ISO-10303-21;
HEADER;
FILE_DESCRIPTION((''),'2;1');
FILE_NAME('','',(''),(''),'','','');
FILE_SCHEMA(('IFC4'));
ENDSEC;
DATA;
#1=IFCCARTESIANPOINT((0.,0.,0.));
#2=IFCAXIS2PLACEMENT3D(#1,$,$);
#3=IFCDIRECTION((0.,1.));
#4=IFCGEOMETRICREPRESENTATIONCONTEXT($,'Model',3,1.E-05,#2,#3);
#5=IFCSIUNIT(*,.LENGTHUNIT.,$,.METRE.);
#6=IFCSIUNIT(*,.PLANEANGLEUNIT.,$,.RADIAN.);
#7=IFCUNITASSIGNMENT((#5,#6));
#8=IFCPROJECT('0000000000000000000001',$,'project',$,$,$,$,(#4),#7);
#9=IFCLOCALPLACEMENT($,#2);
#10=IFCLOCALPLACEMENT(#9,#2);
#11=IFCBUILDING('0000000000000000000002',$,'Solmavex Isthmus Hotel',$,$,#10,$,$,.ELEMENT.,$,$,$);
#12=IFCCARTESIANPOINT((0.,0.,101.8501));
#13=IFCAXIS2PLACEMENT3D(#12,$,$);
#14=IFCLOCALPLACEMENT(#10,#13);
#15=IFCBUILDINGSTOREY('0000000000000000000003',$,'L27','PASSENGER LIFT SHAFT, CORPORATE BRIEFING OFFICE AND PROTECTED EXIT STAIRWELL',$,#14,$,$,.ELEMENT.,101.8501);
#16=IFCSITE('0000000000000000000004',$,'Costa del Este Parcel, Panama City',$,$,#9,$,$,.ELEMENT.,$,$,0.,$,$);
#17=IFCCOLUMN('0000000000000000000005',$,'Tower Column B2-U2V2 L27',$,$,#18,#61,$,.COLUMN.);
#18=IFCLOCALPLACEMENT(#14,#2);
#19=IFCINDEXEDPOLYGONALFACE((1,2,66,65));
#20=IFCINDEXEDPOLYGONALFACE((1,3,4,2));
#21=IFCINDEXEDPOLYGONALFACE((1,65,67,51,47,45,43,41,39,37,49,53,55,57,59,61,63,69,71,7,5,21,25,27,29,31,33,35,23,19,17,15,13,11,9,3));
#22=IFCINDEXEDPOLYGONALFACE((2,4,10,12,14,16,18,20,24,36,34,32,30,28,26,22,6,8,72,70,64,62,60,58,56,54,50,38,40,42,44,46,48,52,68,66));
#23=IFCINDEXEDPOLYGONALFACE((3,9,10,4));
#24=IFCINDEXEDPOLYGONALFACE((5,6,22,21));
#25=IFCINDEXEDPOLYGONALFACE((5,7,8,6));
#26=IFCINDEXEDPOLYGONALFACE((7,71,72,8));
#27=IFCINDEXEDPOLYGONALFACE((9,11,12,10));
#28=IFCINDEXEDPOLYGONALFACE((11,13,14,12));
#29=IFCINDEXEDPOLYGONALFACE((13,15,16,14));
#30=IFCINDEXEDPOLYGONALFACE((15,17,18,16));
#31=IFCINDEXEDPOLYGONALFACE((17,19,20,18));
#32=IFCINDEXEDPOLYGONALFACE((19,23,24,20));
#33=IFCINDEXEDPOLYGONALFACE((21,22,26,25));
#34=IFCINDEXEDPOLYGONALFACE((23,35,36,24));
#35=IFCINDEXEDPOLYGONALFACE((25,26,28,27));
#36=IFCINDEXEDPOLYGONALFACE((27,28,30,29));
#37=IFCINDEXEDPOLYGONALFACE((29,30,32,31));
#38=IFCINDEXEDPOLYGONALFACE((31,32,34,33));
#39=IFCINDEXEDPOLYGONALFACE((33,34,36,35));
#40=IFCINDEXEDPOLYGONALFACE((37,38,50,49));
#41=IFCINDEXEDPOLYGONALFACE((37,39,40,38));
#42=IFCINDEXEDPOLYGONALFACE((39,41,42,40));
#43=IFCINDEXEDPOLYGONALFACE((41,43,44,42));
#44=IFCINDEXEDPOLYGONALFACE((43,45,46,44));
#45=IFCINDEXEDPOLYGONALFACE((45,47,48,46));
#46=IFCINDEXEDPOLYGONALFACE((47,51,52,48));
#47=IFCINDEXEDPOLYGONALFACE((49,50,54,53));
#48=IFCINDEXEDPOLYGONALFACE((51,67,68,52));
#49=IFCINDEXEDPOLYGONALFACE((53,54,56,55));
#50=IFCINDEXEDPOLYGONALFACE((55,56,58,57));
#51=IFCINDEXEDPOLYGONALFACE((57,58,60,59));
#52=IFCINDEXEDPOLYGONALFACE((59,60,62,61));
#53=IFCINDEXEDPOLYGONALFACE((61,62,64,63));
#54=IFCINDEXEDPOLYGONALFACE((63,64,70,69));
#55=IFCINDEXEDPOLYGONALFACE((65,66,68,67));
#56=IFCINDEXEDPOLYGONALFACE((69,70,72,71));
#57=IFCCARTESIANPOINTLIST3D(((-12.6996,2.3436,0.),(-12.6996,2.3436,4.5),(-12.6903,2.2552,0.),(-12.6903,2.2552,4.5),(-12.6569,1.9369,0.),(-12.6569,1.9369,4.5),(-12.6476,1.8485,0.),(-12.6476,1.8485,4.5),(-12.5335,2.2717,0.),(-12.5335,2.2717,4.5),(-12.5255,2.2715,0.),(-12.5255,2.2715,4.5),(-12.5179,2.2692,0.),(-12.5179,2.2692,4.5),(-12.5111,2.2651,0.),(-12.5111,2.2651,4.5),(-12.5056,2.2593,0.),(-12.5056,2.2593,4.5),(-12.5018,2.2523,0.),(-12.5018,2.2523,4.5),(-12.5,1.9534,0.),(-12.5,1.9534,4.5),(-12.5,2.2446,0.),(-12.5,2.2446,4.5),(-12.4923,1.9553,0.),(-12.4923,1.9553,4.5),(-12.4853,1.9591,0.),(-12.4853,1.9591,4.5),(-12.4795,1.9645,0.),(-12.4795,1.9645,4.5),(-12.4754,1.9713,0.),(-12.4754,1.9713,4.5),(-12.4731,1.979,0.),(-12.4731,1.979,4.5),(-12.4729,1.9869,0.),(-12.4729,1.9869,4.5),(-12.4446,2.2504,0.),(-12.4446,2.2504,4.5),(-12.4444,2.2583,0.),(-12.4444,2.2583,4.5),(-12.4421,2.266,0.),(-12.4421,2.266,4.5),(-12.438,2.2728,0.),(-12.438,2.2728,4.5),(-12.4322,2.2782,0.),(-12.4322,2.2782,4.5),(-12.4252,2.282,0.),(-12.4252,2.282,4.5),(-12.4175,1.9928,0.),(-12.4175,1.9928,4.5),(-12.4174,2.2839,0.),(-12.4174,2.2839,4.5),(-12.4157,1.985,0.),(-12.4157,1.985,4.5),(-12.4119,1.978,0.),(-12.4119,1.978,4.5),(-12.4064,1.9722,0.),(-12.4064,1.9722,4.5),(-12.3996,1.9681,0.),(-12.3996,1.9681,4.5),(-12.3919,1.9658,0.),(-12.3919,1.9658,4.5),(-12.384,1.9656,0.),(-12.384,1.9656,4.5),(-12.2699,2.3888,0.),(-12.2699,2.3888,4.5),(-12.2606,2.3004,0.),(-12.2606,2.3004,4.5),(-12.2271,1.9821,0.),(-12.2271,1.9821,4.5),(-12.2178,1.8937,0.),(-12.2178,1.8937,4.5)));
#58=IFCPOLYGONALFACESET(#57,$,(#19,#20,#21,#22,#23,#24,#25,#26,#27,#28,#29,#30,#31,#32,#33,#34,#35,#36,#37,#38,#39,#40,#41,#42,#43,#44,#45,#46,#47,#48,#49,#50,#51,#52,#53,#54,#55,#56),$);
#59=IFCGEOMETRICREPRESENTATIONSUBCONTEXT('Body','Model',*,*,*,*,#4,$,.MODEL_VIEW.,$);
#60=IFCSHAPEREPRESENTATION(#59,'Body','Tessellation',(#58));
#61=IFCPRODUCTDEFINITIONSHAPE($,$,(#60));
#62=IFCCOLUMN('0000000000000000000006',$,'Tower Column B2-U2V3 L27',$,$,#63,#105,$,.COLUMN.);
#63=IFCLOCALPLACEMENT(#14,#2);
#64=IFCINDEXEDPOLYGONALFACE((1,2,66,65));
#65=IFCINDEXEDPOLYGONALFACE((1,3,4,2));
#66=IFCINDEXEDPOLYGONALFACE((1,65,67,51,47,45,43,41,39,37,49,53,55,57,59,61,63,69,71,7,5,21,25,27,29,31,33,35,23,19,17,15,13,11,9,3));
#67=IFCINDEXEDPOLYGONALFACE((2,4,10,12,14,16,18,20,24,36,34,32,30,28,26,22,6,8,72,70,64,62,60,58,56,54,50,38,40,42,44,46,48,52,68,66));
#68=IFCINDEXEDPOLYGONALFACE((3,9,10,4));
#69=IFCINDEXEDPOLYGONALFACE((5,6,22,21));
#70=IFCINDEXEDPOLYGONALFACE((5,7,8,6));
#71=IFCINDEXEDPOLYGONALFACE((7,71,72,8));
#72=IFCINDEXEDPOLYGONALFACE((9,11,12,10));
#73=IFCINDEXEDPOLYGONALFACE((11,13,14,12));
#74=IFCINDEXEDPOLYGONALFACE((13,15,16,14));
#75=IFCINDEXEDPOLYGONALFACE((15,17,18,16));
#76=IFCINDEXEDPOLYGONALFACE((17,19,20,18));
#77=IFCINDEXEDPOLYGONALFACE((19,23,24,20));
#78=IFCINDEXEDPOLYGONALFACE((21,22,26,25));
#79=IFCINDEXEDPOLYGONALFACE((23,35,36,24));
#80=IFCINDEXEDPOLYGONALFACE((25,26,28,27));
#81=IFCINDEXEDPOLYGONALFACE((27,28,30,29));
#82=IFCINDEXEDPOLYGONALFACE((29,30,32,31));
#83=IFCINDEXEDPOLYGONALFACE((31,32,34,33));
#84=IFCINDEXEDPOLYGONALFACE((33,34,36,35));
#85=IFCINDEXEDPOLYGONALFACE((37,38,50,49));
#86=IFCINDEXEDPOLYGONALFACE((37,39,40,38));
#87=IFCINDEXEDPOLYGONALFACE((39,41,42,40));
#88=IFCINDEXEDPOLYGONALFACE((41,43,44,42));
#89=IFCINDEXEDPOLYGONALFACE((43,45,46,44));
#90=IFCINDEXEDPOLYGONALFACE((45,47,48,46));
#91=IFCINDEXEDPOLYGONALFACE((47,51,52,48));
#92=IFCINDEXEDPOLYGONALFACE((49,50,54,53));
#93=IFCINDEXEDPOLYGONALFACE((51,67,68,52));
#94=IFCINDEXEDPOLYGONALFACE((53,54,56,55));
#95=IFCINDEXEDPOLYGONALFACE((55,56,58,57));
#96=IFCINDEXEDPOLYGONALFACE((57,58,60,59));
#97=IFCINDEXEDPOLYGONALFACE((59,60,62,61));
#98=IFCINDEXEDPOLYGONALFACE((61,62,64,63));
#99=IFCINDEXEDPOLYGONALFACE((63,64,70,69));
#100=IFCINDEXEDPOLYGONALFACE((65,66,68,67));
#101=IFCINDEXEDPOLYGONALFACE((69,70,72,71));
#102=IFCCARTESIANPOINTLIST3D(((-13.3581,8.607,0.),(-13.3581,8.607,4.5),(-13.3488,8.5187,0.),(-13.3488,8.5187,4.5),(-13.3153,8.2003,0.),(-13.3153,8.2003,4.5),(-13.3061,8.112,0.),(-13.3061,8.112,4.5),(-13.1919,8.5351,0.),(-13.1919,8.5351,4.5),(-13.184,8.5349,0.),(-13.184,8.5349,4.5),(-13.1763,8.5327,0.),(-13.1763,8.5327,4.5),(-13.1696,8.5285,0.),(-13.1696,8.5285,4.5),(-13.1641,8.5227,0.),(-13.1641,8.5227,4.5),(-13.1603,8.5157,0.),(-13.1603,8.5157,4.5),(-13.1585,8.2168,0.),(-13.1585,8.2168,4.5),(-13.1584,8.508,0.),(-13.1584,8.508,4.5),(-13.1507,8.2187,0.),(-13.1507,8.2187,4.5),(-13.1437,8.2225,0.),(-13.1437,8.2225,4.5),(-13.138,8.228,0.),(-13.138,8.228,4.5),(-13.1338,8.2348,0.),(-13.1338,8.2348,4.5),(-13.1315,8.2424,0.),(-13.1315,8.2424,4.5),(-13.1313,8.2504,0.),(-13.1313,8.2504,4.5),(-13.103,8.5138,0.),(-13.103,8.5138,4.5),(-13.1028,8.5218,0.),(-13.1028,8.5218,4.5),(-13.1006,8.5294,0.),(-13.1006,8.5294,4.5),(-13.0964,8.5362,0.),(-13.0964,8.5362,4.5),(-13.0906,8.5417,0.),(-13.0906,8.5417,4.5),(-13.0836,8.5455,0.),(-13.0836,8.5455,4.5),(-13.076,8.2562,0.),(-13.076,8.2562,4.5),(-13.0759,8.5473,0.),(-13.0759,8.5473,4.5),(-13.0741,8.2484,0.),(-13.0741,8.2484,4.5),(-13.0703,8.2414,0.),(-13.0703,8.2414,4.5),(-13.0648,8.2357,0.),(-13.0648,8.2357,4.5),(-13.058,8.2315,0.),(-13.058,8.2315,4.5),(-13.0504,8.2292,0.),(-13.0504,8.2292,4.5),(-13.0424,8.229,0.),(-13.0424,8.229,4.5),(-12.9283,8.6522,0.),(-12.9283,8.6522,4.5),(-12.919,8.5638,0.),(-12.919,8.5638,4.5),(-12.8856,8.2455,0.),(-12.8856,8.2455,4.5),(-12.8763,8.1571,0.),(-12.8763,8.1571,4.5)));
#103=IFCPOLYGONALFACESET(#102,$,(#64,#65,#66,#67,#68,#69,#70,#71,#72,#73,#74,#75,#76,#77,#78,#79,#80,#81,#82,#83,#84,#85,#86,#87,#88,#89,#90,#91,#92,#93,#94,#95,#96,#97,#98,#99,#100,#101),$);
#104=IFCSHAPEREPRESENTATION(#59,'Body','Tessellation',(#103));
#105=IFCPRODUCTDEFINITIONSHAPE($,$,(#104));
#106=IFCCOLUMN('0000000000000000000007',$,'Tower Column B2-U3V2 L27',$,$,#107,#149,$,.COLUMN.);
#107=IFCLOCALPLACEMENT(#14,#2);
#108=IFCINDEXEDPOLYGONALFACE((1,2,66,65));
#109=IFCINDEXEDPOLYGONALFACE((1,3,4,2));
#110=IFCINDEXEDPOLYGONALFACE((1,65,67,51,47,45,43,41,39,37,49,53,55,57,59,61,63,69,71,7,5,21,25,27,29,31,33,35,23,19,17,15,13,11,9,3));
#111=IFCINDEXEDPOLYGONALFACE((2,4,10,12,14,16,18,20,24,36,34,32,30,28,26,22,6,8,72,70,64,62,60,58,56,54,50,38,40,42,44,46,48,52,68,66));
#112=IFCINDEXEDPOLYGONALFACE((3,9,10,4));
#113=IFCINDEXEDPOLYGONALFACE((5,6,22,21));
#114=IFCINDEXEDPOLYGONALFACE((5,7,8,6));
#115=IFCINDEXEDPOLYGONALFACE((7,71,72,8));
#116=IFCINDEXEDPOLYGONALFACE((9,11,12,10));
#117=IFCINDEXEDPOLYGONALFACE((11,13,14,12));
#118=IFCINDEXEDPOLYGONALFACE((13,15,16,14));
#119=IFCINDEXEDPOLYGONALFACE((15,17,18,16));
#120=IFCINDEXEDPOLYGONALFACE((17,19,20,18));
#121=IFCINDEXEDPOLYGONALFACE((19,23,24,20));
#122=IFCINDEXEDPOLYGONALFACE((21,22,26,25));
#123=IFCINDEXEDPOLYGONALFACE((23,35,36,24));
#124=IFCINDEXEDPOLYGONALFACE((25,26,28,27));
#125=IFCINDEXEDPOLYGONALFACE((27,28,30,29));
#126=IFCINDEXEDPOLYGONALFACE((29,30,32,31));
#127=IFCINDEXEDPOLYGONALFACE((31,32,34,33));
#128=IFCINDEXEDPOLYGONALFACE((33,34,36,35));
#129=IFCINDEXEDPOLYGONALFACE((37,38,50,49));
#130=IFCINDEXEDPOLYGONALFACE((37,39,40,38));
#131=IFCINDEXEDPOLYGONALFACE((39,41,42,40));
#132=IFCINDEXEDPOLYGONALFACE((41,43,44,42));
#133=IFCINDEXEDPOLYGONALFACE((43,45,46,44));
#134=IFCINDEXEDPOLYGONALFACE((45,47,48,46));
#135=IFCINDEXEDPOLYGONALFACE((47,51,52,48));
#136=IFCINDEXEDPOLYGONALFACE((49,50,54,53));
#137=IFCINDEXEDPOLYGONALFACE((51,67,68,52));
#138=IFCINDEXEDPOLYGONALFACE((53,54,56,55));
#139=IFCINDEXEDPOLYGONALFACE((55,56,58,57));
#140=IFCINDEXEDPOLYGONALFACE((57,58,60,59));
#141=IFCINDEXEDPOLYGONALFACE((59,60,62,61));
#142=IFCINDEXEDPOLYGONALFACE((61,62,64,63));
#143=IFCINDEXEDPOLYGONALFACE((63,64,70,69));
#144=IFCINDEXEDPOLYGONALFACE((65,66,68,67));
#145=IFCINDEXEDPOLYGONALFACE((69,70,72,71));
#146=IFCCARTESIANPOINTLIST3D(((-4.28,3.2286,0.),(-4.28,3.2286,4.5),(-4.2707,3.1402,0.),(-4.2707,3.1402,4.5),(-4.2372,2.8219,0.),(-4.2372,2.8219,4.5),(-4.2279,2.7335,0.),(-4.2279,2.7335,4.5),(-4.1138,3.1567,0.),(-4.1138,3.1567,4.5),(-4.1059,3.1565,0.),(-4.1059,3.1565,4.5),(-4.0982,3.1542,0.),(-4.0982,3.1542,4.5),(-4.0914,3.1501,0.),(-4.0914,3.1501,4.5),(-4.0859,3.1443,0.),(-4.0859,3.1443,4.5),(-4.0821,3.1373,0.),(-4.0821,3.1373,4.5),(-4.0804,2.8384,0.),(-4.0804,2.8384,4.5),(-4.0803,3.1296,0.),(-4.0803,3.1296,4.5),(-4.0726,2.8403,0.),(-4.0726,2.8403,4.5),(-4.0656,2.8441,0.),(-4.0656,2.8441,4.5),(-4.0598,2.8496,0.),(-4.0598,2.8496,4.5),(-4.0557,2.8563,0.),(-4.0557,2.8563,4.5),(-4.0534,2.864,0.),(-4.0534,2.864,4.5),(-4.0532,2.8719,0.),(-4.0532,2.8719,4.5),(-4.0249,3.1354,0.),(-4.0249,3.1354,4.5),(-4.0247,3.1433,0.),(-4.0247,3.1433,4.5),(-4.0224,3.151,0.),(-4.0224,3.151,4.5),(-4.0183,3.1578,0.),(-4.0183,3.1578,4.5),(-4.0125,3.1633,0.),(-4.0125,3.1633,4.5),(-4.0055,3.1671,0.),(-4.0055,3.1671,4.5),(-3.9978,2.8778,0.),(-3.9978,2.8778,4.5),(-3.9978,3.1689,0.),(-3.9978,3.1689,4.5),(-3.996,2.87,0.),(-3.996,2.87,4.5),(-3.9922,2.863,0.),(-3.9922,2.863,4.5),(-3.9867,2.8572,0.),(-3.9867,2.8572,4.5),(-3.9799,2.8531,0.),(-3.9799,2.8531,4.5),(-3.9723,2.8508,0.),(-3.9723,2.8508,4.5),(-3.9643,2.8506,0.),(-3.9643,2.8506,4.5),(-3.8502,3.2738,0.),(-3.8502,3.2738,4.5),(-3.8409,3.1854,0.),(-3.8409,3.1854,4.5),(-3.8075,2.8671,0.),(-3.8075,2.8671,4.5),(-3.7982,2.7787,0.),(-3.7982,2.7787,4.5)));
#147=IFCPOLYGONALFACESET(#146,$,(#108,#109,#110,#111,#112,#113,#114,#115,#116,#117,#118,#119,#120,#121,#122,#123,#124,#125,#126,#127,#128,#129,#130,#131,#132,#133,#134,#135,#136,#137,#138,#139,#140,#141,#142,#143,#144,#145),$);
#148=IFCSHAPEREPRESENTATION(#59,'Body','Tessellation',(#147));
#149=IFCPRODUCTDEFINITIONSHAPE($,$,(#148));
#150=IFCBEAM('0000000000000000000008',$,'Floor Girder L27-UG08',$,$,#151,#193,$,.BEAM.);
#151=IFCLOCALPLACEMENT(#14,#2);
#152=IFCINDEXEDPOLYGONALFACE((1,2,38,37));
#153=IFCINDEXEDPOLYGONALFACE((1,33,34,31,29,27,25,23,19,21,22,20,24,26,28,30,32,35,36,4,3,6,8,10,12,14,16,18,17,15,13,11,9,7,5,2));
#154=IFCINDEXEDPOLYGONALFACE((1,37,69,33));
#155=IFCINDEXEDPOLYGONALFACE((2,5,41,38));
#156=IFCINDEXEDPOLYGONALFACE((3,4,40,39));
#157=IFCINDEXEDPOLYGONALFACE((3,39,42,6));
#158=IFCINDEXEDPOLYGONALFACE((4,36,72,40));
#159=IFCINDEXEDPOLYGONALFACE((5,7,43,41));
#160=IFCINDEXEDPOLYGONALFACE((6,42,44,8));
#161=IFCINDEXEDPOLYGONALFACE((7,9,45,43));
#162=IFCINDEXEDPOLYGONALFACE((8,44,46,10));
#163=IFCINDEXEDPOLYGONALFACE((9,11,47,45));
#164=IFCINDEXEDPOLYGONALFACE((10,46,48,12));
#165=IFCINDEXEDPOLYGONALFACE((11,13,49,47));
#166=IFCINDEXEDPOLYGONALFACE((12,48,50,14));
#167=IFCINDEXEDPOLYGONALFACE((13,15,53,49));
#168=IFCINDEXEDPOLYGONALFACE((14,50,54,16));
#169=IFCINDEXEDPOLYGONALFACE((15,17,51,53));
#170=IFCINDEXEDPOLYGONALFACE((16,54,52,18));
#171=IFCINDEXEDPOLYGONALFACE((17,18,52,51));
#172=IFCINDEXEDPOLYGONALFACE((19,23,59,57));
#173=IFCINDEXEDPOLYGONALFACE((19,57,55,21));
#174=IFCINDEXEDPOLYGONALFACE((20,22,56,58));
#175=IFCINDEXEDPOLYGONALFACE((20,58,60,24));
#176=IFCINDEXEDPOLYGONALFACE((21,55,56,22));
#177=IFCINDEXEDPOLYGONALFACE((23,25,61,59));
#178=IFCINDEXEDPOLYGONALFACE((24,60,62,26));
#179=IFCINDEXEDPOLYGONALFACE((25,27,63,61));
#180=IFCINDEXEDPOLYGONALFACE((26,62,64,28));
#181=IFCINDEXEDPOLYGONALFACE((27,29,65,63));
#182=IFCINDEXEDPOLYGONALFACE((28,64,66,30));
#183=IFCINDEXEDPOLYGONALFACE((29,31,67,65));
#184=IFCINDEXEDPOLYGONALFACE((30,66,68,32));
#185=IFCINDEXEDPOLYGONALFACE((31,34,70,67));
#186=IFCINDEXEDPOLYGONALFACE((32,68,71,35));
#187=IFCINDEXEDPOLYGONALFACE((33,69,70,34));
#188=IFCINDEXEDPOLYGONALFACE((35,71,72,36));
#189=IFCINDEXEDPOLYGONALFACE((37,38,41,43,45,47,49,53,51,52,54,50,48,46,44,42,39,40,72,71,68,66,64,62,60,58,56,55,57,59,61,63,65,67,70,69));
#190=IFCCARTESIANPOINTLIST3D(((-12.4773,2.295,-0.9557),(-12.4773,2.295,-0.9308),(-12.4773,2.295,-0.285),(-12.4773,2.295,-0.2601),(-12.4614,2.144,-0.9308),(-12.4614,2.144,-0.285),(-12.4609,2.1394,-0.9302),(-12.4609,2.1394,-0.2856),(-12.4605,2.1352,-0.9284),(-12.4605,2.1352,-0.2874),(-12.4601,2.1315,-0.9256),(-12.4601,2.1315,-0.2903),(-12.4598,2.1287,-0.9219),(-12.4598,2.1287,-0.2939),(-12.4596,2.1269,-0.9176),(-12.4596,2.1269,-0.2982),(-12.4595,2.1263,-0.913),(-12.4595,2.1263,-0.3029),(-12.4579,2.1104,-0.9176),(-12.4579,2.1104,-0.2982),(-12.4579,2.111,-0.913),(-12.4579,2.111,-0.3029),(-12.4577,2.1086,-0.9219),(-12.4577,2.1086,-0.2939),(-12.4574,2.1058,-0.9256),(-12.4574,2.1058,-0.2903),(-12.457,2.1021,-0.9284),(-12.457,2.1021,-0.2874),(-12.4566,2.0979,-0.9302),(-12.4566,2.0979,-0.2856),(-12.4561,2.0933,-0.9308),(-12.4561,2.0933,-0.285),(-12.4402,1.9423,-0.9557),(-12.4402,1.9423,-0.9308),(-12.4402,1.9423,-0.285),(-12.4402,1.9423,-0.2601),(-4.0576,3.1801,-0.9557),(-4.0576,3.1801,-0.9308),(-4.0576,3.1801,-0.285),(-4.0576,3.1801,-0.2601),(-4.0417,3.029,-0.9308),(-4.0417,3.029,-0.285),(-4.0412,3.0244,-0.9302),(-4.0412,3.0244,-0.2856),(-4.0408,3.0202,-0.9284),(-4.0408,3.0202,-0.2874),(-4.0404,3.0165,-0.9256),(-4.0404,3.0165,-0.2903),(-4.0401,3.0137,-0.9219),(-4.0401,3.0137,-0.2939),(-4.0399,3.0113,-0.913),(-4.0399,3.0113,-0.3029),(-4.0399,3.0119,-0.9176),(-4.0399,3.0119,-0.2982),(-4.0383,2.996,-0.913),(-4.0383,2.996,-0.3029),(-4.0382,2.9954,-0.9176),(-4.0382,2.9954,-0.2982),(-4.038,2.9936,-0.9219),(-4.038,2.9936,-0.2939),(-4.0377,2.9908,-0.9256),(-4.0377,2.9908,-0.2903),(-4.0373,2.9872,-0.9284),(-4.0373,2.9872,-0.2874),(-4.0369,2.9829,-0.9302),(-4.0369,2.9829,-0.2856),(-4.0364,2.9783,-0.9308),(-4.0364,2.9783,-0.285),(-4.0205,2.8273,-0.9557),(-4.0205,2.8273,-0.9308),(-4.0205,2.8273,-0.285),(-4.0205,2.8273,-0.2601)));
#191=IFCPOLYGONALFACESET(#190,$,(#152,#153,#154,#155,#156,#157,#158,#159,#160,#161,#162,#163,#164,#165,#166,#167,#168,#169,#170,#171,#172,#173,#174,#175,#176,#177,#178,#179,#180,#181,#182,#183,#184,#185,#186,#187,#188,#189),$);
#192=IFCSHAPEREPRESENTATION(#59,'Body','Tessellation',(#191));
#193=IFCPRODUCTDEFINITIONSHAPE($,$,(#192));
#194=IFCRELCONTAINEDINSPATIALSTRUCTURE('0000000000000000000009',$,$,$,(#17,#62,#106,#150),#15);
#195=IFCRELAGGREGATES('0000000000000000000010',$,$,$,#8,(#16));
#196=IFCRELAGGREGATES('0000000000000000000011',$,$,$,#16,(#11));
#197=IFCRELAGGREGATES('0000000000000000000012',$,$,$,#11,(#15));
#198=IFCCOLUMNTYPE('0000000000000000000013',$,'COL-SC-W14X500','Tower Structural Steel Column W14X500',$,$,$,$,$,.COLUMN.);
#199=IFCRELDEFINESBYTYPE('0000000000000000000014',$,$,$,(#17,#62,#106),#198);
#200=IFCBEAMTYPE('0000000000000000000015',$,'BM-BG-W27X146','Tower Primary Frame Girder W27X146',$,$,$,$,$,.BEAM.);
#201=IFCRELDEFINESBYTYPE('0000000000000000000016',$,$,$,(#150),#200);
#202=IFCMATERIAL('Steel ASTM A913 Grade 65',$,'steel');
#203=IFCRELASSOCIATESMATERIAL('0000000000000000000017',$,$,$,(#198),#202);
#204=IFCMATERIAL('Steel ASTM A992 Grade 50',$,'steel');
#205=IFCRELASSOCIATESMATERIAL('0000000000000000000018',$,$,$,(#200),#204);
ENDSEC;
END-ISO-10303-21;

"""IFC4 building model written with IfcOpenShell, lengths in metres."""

from ifc_helpers import new_model, si_unit, direction, frame, origin, origin_2d, place, context, subcontext, project, spatial, i_section, extrude, material, material_profile, profile_set, type_object, element, save


model = new_model("IFC4")

# Units and contexts
model_context = context("Model", 3, precision=1e-05, world=origin(), true_north=direction((0.0, 1.0)))
body_context = subcontext(model_context, "Body", "Model", "MODEL_VIEW")
ifc_project = project(units=[si_unit("LENGTHUNIT", "METRE"), si_unit("PLANEANGLEUNIT", "RADIAN")], contexts=[model_context])

# Site, building, storey
site_placement = place(None, origin())
site = spatial("IfcSite", under=ifc_project, at=site_placement, Name="Costa del Este Parcel, Panama City", CompositionType="ELEMENT", RefElevation=0.0)
building_placement = place(site_placement, origin())
building = spatial("IfcBuilding", under=site, at=building_placement, Name="Solmavex Isthmus Hotel", CompositionType="ELEMENT")
storey_placement = place(building_placement, frame((0.0, 0.0, 101.8501)))
storey = spatial("IfcBuildingStorey", under=building, at=storey_placement, Name="L27", Description="PASSENGER LIFT SHAFT, CORPORATE BRIEFING OFFICE AND PROTECTED EXIT STAIRWELL", CompositionType="ELEMENT", Elevation=101.8501)

# Columns
ifc_material_1 = material(Name="Steel ASTM A913 Grade 65", Category="steel")
ifc_material_profile_1 = material_profile(ifc_material_1, i_section(OverallWidth=0.4321, OverallDepth=0.4978, WebThickness=0.0557, FlangeThickness=0.0889, FilletRadius=0.0305, at=origin_2d()), Name="W14X500")
ifc_profile_set_1 = profile_set([ifc_material_profile_1], Name="Steel ASTM A913 Grade 65")
column_type = type_object("IfcColumnType", Name="COL-SC-W14X500", Description="Tower Structural Steel Column W14X500", PredefinedType="COLUMN", material=ifc_profile_set_1)
for number, where, z_axis, x_axis, name in (
    (1, (-12.4587, 2.1187, 0.0), (0.0, 0.0, 1.0), (0.994522, 0.104528, 0.0), "Tower Column B2-U2V2 L27"),
    (2, (-13.1172, 8.3821, 0.0), (0.0, 0.0, 1.0), (0.994522, 0.104528, 0.0), "Tower Column B2-U2V3 L27"),
    (3, (-4.0391, 3.0037, 0.0), (0.0, 0.0, 1.0), (0.994522, 0.104528, 0.0), "Tower Column B2-U3V2 L27"),
):
    element("IfcColumn", number, at=place(storey_placement, frame(where, z_axis=z_axis, x_axis=x_axis)), inside=storey, type_object=column_type, Name=name, PredefinedType="COLUMN", context=body_context, shape_type="SweptSolid", body=[
        extrude(i_section(OverallWidth=0.4321, OverallDepth=0.4978, WebThickness=0.0557, FlangeThickness=0.0889, FilletRadius=0.0305, at=origin_2d()), origin(), (0.0, 0.0, 1.0), 4.5),
    ])

# Beam
ifc_material_2 = material(Name="Steel ASTM A992 Grade 50", Category="steel")
ifc_material_profile_2 = material_profile(ifc_material_2, i_section(OverallWidth=0.3547, OverallDepth=0.6956, WebThickness=0.0154, FlangeThickness=0.0249, FilletRadius=0.0178, at=origin_2d()), Name="W27X146")
ifc_profile_set_2 = profile_set([ifc_material_profile_2], Name="Steel ASTM A992 Grade 50")
beam_type_1 = type_object("IfcBeamType", Name="BM-BG-W27X146", Description="Tower Primary Frame Girder W27X146", PredefinedType="BEAM", material=ifc_profile_set_2)
beam_1_placement = place(storey_placement, frame((-12.4587, 2.1187, -0.6079), z_axis=(0.994521, 0.104536, 0.0), x_axis=(-0.104536, 0.994521, 0.0)))
element("IfcBeam", 4, at=beam_1_placement, inside=storey, type_object=beam_type_1, Name="Floor Girder L27-UG08", PredefinedType="BEAM", context=body_context, shape_type="SweptSolid", body=[
    extrude(i_section(OverallWidth=0.3547, OverallDepth=0.6956, WebThickness=0.0154, FlangeThickness=0.0249, FilletRadius=0.0178, at=origin_2d()), origin(), (0.0, 0.0, 1.0), 8.4661),
])

save(model, "model.ifc")
